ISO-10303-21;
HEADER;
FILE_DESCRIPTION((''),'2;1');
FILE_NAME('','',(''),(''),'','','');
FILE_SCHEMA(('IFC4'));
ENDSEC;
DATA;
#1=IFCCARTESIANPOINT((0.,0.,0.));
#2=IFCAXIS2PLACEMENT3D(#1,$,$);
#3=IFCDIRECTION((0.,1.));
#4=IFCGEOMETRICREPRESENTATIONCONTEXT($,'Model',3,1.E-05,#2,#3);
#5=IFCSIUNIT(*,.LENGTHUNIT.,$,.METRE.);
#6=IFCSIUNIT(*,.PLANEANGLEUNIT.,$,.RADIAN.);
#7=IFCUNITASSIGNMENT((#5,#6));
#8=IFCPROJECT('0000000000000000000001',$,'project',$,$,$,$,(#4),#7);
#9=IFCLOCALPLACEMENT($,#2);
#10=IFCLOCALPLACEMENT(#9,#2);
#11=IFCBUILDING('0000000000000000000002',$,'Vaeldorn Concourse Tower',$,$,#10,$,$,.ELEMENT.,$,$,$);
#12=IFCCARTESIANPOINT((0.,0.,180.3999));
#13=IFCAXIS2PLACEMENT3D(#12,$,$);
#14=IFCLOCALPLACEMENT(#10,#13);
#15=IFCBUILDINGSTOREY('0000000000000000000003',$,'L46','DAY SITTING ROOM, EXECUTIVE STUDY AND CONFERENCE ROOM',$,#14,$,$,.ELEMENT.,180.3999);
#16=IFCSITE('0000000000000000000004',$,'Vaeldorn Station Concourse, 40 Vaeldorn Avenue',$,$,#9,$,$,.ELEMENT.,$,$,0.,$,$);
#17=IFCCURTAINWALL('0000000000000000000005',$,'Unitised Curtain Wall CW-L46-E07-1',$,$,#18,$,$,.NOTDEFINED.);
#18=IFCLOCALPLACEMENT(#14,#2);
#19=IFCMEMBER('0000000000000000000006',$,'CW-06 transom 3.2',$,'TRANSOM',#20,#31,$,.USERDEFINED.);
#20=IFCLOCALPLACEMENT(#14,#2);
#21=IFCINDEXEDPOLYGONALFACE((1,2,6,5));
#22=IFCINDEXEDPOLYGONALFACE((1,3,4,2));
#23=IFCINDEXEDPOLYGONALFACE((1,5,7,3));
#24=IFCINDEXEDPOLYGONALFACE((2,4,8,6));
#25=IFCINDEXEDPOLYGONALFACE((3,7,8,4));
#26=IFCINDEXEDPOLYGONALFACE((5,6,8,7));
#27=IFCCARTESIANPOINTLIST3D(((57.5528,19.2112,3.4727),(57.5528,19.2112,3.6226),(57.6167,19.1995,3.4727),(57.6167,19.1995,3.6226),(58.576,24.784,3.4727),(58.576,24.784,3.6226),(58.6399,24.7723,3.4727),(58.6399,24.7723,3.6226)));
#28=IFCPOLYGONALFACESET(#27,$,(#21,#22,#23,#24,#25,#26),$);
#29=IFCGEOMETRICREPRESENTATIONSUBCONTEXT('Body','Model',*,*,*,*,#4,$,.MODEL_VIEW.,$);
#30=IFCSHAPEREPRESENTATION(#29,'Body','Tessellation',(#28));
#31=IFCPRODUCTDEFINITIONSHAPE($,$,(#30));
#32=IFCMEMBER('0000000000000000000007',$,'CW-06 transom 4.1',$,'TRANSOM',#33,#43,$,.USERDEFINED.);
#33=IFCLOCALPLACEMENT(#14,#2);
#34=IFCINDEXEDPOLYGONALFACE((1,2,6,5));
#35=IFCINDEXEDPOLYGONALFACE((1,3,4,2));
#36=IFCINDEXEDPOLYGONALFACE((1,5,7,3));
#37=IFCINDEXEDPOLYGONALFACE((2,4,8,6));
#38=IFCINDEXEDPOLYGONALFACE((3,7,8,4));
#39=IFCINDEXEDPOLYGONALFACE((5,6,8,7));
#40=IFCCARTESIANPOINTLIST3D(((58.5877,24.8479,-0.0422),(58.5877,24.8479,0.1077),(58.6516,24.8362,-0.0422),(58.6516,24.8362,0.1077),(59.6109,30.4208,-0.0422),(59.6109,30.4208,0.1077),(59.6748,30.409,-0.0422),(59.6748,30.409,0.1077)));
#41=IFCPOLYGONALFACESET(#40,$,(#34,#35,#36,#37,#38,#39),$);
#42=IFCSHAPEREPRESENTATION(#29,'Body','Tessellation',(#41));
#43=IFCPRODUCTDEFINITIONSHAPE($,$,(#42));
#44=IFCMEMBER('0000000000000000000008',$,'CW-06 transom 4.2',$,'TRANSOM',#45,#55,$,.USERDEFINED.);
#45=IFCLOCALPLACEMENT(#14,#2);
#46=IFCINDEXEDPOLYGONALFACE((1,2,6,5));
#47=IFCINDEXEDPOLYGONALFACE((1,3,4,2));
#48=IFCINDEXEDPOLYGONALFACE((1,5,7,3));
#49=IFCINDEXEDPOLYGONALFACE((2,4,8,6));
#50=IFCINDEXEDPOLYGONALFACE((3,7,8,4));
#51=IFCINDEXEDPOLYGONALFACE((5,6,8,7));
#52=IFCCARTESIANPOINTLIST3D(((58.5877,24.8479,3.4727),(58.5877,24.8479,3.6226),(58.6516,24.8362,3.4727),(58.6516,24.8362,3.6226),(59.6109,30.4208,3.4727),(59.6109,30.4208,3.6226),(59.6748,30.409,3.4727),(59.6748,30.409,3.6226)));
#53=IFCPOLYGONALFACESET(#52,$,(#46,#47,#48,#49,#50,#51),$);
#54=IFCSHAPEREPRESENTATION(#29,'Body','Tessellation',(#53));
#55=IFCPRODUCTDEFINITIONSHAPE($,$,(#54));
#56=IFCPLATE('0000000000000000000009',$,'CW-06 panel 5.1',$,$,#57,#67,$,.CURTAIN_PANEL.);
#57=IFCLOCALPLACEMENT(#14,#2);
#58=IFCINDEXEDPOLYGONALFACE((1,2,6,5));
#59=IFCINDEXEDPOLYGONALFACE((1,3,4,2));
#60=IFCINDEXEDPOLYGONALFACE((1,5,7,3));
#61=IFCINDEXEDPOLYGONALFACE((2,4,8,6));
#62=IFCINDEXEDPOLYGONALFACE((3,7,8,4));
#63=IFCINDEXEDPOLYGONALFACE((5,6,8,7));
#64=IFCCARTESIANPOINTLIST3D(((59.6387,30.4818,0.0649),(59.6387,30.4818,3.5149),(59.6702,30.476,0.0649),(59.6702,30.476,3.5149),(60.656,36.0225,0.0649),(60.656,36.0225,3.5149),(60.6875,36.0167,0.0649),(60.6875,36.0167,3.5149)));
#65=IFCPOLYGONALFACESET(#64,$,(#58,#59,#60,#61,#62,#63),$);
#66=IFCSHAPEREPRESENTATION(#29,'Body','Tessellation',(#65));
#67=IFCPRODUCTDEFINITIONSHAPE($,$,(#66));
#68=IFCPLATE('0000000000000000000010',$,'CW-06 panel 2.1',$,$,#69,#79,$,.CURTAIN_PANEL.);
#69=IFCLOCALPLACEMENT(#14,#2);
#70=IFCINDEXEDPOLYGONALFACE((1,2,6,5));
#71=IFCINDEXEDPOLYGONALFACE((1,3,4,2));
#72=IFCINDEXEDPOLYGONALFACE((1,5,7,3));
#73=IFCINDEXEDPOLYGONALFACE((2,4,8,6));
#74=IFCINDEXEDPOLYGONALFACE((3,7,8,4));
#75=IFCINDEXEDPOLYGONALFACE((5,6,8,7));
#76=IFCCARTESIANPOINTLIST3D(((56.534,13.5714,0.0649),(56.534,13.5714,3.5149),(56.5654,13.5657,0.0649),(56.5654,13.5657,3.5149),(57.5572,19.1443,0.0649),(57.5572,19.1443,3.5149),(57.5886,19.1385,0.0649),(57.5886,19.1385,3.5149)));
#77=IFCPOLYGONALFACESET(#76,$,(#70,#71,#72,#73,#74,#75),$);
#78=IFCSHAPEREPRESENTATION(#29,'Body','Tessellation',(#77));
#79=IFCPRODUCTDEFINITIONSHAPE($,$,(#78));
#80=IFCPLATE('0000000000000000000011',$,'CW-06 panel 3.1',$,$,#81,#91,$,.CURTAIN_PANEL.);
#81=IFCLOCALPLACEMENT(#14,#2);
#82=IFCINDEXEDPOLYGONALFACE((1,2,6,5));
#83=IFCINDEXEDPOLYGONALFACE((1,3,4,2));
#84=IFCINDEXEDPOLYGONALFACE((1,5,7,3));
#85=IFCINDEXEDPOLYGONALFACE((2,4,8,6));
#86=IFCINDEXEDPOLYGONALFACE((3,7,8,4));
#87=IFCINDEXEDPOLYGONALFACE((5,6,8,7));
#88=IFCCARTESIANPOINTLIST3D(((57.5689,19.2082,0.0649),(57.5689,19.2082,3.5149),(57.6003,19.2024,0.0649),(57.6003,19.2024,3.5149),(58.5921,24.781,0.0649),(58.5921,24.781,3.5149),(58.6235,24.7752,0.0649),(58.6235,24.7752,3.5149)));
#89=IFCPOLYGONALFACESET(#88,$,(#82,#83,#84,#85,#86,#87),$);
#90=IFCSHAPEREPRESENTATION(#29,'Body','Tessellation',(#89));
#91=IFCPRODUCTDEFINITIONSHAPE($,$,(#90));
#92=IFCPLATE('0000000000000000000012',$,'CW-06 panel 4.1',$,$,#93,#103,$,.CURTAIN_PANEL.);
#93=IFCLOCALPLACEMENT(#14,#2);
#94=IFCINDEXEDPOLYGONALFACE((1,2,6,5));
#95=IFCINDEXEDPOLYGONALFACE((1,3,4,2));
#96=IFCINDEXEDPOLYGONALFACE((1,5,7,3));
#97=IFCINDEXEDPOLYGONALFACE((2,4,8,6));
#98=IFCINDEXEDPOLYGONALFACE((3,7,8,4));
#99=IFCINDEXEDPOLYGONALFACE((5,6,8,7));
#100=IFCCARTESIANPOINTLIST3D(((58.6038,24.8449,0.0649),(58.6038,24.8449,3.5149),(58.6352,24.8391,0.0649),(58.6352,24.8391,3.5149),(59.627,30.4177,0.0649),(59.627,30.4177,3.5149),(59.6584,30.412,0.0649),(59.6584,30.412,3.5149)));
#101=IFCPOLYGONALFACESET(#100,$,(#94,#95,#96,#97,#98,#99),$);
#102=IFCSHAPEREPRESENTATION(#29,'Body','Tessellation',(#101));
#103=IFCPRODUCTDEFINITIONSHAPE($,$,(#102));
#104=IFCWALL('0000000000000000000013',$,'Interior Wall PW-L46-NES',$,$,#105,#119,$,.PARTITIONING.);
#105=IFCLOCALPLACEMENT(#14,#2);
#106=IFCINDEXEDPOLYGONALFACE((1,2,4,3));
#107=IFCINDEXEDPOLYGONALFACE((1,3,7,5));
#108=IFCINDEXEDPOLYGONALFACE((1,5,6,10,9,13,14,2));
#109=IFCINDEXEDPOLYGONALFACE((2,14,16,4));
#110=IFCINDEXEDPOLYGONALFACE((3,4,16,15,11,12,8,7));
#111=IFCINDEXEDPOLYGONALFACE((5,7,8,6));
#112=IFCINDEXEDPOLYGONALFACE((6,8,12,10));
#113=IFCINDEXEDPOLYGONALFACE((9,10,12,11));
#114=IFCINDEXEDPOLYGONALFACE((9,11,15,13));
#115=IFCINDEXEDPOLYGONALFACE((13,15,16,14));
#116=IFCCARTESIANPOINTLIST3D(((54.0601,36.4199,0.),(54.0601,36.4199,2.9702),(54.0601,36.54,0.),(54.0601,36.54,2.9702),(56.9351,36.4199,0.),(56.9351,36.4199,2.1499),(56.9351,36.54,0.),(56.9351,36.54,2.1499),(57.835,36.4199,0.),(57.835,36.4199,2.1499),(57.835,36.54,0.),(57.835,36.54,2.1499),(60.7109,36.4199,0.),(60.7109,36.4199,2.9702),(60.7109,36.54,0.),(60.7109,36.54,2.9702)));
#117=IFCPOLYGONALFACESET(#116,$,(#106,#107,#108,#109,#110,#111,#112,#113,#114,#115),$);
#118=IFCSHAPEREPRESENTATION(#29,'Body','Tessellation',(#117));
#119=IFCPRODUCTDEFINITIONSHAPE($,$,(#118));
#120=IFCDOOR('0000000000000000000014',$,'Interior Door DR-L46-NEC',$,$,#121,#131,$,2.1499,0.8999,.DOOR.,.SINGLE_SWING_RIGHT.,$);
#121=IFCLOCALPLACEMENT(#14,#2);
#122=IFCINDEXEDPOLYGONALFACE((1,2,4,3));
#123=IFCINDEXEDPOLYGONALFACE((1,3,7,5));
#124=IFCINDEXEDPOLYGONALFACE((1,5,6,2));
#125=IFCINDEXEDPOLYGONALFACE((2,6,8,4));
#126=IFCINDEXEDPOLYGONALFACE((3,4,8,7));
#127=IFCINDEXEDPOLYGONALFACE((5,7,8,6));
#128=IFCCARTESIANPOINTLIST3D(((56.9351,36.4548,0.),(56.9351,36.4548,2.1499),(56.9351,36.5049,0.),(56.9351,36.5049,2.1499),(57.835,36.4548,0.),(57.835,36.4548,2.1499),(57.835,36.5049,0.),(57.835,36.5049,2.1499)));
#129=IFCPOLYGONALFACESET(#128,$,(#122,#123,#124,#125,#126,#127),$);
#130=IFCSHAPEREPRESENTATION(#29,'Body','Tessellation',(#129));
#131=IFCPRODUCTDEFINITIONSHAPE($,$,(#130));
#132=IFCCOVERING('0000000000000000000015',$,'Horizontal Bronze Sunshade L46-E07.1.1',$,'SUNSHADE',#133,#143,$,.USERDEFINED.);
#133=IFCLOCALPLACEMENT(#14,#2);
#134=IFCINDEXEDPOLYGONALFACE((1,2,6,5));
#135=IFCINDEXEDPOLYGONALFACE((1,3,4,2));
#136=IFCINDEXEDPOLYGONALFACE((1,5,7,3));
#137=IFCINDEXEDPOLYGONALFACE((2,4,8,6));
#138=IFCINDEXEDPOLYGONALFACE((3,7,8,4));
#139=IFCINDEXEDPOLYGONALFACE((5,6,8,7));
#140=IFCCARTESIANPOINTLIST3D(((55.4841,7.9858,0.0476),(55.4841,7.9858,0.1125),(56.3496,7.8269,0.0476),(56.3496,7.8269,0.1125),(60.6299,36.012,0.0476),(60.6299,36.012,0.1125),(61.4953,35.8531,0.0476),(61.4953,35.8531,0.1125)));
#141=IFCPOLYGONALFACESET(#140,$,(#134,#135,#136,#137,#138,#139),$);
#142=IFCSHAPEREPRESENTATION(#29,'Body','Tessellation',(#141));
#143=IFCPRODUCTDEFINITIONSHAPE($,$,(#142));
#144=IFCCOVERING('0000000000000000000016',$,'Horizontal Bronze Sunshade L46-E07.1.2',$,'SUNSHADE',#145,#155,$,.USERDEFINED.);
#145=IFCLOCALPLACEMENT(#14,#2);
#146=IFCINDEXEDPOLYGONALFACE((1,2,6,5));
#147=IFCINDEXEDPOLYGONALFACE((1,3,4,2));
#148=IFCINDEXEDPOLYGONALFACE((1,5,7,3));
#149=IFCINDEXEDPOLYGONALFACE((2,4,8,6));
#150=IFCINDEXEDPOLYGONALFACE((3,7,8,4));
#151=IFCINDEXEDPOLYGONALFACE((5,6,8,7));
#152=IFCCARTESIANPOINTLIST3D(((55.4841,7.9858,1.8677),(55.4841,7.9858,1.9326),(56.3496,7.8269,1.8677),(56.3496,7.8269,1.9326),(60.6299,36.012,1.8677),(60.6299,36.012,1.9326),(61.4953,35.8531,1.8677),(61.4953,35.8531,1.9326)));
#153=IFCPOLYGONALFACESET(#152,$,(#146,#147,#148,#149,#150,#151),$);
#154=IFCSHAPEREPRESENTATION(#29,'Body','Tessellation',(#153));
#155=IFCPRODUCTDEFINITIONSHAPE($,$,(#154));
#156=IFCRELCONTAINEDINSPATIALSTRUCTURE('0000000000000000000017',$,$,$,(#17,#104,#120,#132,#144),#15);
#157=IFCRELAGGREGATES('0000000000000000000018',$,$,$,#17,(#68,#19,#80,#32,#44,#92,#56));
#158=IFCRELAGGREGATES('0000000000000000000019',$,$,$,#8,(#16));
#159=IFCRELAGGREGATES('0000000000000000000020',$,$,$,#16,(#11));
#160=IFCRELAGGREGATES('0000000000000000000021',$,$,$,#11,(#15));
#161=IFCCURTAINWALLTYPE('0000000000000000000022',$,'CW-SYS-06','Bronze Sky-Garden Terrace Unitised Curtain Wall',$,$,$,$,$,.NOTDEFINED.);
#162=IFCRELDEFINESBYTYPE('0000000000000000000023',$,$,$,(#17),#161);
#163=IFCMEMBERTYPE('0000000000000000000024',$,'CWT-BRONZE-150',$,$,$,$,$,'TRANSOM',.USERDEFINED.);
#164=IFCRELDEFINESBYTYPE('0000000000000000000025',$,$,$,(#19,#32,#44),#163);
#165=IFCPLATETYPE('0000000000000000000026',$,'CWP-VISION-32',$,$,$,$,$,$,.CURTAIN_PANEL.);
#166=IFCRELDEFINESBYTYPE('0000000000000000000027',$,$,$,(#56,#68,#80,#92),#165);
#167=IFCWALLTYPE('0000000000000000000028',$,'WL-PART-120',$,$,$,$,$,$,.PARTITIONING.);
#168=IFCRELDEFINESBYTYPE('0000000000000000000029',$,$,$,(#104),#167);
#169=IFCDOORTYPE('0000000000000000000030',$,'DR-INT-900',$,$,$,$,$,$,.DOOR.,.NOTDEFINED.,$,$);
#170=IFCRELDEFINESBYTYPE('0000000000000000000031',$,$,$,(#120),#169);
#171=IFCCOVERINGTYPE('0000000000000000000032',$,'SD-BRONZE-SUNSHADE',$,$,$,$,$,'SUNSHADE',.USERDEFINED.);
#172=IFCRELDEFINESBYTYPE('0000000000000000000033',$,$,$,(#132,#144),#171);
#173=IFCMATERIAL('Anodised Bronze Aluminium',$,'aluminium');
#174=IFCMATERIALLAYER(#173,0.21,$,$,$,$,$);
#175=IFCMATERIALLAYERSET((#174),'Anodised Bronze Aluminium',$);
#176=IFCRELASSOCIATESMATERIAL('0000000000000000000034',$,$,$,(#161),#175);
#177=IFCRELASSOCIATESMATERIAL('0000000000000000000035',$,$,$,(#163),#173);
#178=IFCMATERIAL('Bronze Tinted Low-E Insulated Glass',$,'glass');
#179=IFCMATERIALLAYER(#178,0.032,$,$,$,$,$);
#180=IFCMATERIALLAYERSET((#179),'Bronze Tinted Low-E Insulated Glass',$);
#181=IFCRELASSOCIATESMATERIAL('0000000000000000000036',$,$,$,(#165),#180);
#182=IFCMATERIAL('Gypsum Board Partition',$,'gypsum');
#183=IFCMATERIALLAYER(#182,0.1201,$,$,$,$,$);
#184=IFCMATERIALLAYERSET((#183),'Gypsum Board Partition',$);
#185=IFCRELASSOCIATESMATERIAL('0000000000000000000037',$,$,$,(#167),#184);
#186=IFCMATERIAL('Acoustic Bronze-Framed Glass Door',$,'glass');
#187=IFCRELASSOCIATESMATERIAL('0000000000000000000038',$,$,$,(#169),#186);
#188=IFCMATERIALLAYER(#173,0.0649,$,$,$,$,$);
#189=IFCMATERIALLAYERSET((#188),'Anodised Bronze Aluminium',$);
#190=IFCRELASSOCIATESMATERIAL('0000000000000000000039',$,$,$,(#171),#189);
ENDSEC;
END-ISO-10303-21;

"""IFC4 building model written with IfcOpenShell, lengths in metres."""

from ifc_helpers import new_model, si_unit, direction, frame, frame_2d, origin, origin_2d, place, context, subcontext, project, spatial, rectangle, extrude, source, transform, mapped, material, layer, layer_set, material_profile, profile_set, type_object, element, fill, aggregate, save


model = new_model("IFC4")

# Units and contexts
model_context = context("Model", 3, precision=1e-05, world=origin(), true_north=direction((0.0, 1.0)))
body_context = subcontext(model_context, "Body", "Model", "MODEL_VIEW")
ifc_project = project(units=[si_unit("LENGTHUNIT", "METRE"), si_unit("PLANEANGLEUNIT", "RADIAN")], contexts=[model_context])

# Site, building, storey
site_placement = place(None, origin())
site = spatial("IfcSite", under=ifc_project, at=site_placement, Name="Vaeldorn Station Concourse, 40 Vaeldorn Avenue", CompositionType="ELEMENT", RefElevation=0.0)
building_placement = place(site_placement, origin())
building = spatial("IfcBuilding", under=site, at=building_placement, Name="Vaeldorn Concourse Tower", CompositionType="ELEMENT")
storey_placement = place(building_placement, frame((0.0, 0.0, 180.3999)))
storey = spatial("IfcBuildingStorey", under=building, at=storey_placement, Name="L46", Description="DAY SITTING ROOM, EXECUTIVE STUDY AND CONFERENCE ROOM", CompositionType="ELEMENT", Elevation=180.3999)

# Curtain wall, members, plates
ifc_material_1 = material(Name="Anodised Bronze Aluminium", Category="aluminium")
ifc_layer_1 = layer(ifc_material_1, 0.21)
ifc_layer_set_1 = layer_set([ifc_layer_1], Name="Anodised Bronze Aluminium")
curtain_wall_type = type_object("IfcCurtainWallType", Name="CW-SYS-06", Description="Bronze Sky-Garden Terrace Unitised Curtain Wall", PredefinedType="NOTDEFINED", material=ifc_layer_set_1)
curtain_wall_placement = place(storey_placement, origin())
curtain_wall = element("IfcCurtainWall", 1, at=curtain_wall_placement, inside=storey, type_object=curtain_wall_type, Name="Unitised Curtain Wall CW-L46-E07-1", PredefinedType="NOTDEFINED")
ifc_material_profile_1 = material_profile(ifc_material_1, rectangle(XDim=0.0649, YDim=0.1499, at=origin_2d()), Name="CWT 65x150")
ifc_profile_set_1 = profile_set([ifc_material_profile_1], Name="Anodised Bronze Aluminium")
member_type_1 = type_object("IfcMemberType", Name="CWT-BRONZE-150", ElementType="TRANSOM", PredefinedType="USERDEFINED", material=ifc_profile_set_1)
shared_shape_1 = source(origin(), body_context, "Body", "SweptSolid", [
    extrude(rectangle(XDim=0.0649, YDim=0.1499, at=origin_2d()), origin(), (0.0, 0.0, 1.0), 5.666),
])
member_1_placement = place(storey_placement, frame((57.5847, 19.2053, 3.5476), z_axis=(0.180588, 0.983559, 0.0), x_axis=(-0.983559, 0.180588, 0.0)))
member_1 = element("IfcMember", 2, at=member_1_placement, type_object=member_type_1, Name="CW-06 transom 3.2", ObjectType="TRANSOM", PredefinedType="USERDEFINED", context=body_context, shape_type="MappedRepresentation", body=[
    mapped(shared_shape_1, transform((0.0, 0.0, 0.0), scale=1.0)),
])
member_2_placement = place(storey_placement, frame((58.6196, 24.842, 0.0327), z_axis=(0.180588, 0.983559, 0.0), x_axis=(-0.983559, 0.180588, 0.0)))
member_2 = element("IfcMember", 3, at=member_2_placement, type_object=member_type_1, Name="CW-06 transom 4.1", ObjectType="TRANSOM", PredefinedType="USERDEFINED", context=body_context, shape_type="MappedRepresentation", body=[
    mapped(shared_shape_1, transform((0.0, 0.0, 0.0), scale=1.0)),
])
member_3_placement = place(storey_placement, frame((58.6196, 24.842, 3.5476), z_axis=(0.180588, 0.983559, 0.0), x_axis=(-0.983559, 0.180588, 0.0)))
member_3 = element("IfcMember", 4, at=member_3_placement, type_object=member_type_1, Name="CW-06 transom 4.2", ObjectType="TRANSOM", PredefinedType="USERDEFINED", context=body_context, shape_type="MappedRepresentation", body=[
    mapped(shared_shape_1, transform((0.0, 0.0, 0.0), scale=1.0)),
])
ifc_material_2 = material(Name="Bronze Tinted Low-E Insulated Glass", Category="glass")
ifc_layer_2 = layer(ifc_material_2, 0.032)
ifc_layer_set_2 = layer_set([ifc_layer_2], Name="Bronze Tinted Low-E Insulated Glass")
plate_type = type_object("IfcPlateType", Name="CWP-VISION-32", PredefinedType="CURTAIN_PANEL", material=ifc_layer_set_2)
shared_shape_2 = source(origin(), body_context, "Body", "SweptSolid", [
    extrude(rectangle(XDim=5.6333, YDim=0.032, at=origin_2d()), origin(), (0.0, 0.0, 1.0), 3.45),
])
plate_1_placement = place(storey_placement, frame((60.1631, 33.2493, 0.0649), z_axis=(0.0, 0.0, 1.0), x_axis=(0.180585, 0.983559, 0.0)))
plate_1 = element("IfcPlate", 5, at=plate_1_placement, type_object=plate_type, Name="CW-06 panel 5.1", PredefinedType="CURTAIN_PANEL", context=body_context, shape_type="MappedRepresentation", body=[
    mapped(shared_shape_2, transform((0.0, 0.0, 0.0), scale=1.0)),
])
shared_shape_3 = source(origin(), body_context, "Body", "SweptSolid", [
    extrude(rectangle(XDim=5.666, YDim=0.032, at=origin_2d()), origin(), (0.0, 0.0, 1.0), 3.45),
])
plate_2_placement = place(storey_placement, frame((57.0613, 16.355, 0.0649), z_axis=(0.0, 0.0, 1.0), x_axis=(0.180585, 0.983559, 0.0)))
plate_2 = element("IfcPlate", 6, at=plate_2_placement, type_object=plate_type, Name="CW-06 panel 2.1", PredefinedType="CURTAIN_PANEL", context=body_context, shape_type="MappedRepresentation", body=[
    mapped(shared_shape_3, transform((0.0, 0.0, 0.0), scale=1.0)),
])
plate_3_placement = place(storey_placement, frame((58.0962, 21.9917, 0.0649), z_axis=(0.0, 0.0, 1.0), x_axis=(0.180585, 0.983559, 0.0)))
plate_3 = element("IfcPlate", 7, at=plate_3_placement, type_object=plate_type, Name="CW-06 panel 3.1", PredefinedType="CURTAIN_PANEL", context=body_context, shape_type="MappedRepresentation", body=[
    mapped(shared_shape_3, transform((0.0, 0.0, 0.0), scale=1.0)),
])
plate_4_placement = place(storey_placement, frame((59.1311, 27.6284, 0.0649), z_axis=(0.0, 0.0, 1.0), x_axis=(0.180585, 0.983559, 0.0)))
plate_4 = element("IfcPlate", 8, at=plate_4_placement, type_object=plate_type, Name="CW-06 panel 4.1", PredefinedType="CURTAIN_PANEL", context=body_context, shape_type="MappedRepresentation", body=[
    mapped(shared_shape_3, transform((0.0, 0.0, 0.0), scale=1.0)),
])
aggregate(curtain_wall, [plate_2, member_1, plate_3, member_2, member_3, plate_4, plate_1])

# Wall, opening, door
ifc_material_3 = material(Name="Gypsum Board Partition", Category="gypsum")
ifc_layer_3 = layer(ifc_material_3, 0.1201)
ifc_layer_set_3 = layer_set([ifc_layer_3], Name="Gypsum Board Partition")
wall_type = type_object("IfcWallType", Name="WL-PART-120", PredefinedType="PARTITIONING", material=ifc_layer_set_3)
wall_placement = place(storey_placement, frame((54.0601, 36.48, 0.0), z_axis=(0.0, 0.0, 1.0), x_axis=(1.0, 0.0, 0.0)))
wall = element("IfcWall", 9, at=wall_placement, inside=storey, type_object=wall_type, Name="Interior Wall PW-L46-NES", PredefinedType="PARTITIONING", context=body_context, shape_type="SweptSolid", body=[
    extrude(rectangle(XDim=6.6509, YDim=0.1201, at=frame_2d((3.3254, 0.0))), origin(), (0.0, 0.0, 1.0), 2.9702),
])
opening_placement = place(wall_placement, frame((2.875, 0.0, 0.0)))
opening = element("IfcOpeningElement", 10, at=opening_placement, cuts=wall, PredefinedType="OPENING", context=body_context, shape_type="SweptSolid", body=[
    extrude(rectangle(XDim=0.8999, YDim=2.1499, at=frame_2d((0.45, 1.075))), frame((0.0, 0.0701, 0.0), z_axis=(0.0, -1.0, 0.0), x_axis=(1.0, 0.0, 0.0)), (0.0, 0.0, 1.0), 0.1401),
])
ifc_material_4 = material(Name="Acoustic Bronze-Framed Glass Door", Category="glass")
door_type = type_object("IfcDoorType", Name="DR-INT-900", OperationType="NOTDEFINED", PredefinedType="DOOR", material=ifc_material_4)
shared_shape_4 = source(origin(), body_context, "Body", "SweptSolid", [
    extrude(rectangle(XDim=0.8999, YDim=2.1499, at=frame_2d((0.45, 1.075))), frame((0.0, 0.0249, 0.0), z_axis=(0.0, -1.0, 0.0), x_axis=(1.0, 0.0, 0.0)), (0.0, 0.0, 1.0), 0.05),
])
door_placement = place(opening_placement, origin())
door = element("IfcDoor", 11, at=door_placement, inside=storey, type_object=door_type, Name="Interior Door DR-L46-NEC", OperationType="SINGLE_SWING_RIGHT", OverallHeight=2.1499, OverallWidth=0.8999, PredefinedType="DOOR", context=body_context, shape_type="MappedRepresentation", body=[
    mapped(shared_shape_4, transform((0.0, 0.0, 0.0), scale=1.0)),
])
fill(opening, door)

# Coverings
ifc_layer_4 = layer(ifc_material_1, 0.0649)
ifc_layer_set_4 = layer_set([ifc_layer_4], Name="Anodised Bronze Aluminium")
covering_type = type_object("IfcCoveringType", Name="SD-BRONZE-SUNSHADE", ElementType="SUNSHADE", PredefinedType="USERDEFINED", material=ifc_layer_set_4)
shared_shape_5 = source(origin(), body_context, "Body", "SweptSolid", [
    extrude(rectangle(XDim=28.4946, YDim=0.8799, at=origin_2d()), origin(), (0.0, 0.0, 1.0), 0.0649),
])
for number, where, z_axis, x_axis, name in (
    (12, (58.4897, 21.9194, 0.0476), (0.0, 0.0, 1.0), (0.180588, 0.983559, 0.0), "Horizontal Bronze Sunshade L46-E07.1.1"),
    (13, (58.4897, 21.9194, 1.8677), (0.0, 0.0, 1.0), (0.180588, 0.983559, 0.0), "Horizontal Bronze Sunshade L46-E07.1.2"),
):
    element("IfcCovering", number, at=place(storey_placement, frame(where, z_axis=z_axis, x_axis=x_axis)), inside=storey, type_object=covering_type, Name=name, ObjectType="SUNSHADE", PredefinedType="USERDEFINED", context=body_context, shape_type="MappedRepresentation", body=[
        mapped(shared_shape_5, transform((0.0, 0.0, 0.0), scale=1.0)),
    ])

save(model, "model.ifc")
